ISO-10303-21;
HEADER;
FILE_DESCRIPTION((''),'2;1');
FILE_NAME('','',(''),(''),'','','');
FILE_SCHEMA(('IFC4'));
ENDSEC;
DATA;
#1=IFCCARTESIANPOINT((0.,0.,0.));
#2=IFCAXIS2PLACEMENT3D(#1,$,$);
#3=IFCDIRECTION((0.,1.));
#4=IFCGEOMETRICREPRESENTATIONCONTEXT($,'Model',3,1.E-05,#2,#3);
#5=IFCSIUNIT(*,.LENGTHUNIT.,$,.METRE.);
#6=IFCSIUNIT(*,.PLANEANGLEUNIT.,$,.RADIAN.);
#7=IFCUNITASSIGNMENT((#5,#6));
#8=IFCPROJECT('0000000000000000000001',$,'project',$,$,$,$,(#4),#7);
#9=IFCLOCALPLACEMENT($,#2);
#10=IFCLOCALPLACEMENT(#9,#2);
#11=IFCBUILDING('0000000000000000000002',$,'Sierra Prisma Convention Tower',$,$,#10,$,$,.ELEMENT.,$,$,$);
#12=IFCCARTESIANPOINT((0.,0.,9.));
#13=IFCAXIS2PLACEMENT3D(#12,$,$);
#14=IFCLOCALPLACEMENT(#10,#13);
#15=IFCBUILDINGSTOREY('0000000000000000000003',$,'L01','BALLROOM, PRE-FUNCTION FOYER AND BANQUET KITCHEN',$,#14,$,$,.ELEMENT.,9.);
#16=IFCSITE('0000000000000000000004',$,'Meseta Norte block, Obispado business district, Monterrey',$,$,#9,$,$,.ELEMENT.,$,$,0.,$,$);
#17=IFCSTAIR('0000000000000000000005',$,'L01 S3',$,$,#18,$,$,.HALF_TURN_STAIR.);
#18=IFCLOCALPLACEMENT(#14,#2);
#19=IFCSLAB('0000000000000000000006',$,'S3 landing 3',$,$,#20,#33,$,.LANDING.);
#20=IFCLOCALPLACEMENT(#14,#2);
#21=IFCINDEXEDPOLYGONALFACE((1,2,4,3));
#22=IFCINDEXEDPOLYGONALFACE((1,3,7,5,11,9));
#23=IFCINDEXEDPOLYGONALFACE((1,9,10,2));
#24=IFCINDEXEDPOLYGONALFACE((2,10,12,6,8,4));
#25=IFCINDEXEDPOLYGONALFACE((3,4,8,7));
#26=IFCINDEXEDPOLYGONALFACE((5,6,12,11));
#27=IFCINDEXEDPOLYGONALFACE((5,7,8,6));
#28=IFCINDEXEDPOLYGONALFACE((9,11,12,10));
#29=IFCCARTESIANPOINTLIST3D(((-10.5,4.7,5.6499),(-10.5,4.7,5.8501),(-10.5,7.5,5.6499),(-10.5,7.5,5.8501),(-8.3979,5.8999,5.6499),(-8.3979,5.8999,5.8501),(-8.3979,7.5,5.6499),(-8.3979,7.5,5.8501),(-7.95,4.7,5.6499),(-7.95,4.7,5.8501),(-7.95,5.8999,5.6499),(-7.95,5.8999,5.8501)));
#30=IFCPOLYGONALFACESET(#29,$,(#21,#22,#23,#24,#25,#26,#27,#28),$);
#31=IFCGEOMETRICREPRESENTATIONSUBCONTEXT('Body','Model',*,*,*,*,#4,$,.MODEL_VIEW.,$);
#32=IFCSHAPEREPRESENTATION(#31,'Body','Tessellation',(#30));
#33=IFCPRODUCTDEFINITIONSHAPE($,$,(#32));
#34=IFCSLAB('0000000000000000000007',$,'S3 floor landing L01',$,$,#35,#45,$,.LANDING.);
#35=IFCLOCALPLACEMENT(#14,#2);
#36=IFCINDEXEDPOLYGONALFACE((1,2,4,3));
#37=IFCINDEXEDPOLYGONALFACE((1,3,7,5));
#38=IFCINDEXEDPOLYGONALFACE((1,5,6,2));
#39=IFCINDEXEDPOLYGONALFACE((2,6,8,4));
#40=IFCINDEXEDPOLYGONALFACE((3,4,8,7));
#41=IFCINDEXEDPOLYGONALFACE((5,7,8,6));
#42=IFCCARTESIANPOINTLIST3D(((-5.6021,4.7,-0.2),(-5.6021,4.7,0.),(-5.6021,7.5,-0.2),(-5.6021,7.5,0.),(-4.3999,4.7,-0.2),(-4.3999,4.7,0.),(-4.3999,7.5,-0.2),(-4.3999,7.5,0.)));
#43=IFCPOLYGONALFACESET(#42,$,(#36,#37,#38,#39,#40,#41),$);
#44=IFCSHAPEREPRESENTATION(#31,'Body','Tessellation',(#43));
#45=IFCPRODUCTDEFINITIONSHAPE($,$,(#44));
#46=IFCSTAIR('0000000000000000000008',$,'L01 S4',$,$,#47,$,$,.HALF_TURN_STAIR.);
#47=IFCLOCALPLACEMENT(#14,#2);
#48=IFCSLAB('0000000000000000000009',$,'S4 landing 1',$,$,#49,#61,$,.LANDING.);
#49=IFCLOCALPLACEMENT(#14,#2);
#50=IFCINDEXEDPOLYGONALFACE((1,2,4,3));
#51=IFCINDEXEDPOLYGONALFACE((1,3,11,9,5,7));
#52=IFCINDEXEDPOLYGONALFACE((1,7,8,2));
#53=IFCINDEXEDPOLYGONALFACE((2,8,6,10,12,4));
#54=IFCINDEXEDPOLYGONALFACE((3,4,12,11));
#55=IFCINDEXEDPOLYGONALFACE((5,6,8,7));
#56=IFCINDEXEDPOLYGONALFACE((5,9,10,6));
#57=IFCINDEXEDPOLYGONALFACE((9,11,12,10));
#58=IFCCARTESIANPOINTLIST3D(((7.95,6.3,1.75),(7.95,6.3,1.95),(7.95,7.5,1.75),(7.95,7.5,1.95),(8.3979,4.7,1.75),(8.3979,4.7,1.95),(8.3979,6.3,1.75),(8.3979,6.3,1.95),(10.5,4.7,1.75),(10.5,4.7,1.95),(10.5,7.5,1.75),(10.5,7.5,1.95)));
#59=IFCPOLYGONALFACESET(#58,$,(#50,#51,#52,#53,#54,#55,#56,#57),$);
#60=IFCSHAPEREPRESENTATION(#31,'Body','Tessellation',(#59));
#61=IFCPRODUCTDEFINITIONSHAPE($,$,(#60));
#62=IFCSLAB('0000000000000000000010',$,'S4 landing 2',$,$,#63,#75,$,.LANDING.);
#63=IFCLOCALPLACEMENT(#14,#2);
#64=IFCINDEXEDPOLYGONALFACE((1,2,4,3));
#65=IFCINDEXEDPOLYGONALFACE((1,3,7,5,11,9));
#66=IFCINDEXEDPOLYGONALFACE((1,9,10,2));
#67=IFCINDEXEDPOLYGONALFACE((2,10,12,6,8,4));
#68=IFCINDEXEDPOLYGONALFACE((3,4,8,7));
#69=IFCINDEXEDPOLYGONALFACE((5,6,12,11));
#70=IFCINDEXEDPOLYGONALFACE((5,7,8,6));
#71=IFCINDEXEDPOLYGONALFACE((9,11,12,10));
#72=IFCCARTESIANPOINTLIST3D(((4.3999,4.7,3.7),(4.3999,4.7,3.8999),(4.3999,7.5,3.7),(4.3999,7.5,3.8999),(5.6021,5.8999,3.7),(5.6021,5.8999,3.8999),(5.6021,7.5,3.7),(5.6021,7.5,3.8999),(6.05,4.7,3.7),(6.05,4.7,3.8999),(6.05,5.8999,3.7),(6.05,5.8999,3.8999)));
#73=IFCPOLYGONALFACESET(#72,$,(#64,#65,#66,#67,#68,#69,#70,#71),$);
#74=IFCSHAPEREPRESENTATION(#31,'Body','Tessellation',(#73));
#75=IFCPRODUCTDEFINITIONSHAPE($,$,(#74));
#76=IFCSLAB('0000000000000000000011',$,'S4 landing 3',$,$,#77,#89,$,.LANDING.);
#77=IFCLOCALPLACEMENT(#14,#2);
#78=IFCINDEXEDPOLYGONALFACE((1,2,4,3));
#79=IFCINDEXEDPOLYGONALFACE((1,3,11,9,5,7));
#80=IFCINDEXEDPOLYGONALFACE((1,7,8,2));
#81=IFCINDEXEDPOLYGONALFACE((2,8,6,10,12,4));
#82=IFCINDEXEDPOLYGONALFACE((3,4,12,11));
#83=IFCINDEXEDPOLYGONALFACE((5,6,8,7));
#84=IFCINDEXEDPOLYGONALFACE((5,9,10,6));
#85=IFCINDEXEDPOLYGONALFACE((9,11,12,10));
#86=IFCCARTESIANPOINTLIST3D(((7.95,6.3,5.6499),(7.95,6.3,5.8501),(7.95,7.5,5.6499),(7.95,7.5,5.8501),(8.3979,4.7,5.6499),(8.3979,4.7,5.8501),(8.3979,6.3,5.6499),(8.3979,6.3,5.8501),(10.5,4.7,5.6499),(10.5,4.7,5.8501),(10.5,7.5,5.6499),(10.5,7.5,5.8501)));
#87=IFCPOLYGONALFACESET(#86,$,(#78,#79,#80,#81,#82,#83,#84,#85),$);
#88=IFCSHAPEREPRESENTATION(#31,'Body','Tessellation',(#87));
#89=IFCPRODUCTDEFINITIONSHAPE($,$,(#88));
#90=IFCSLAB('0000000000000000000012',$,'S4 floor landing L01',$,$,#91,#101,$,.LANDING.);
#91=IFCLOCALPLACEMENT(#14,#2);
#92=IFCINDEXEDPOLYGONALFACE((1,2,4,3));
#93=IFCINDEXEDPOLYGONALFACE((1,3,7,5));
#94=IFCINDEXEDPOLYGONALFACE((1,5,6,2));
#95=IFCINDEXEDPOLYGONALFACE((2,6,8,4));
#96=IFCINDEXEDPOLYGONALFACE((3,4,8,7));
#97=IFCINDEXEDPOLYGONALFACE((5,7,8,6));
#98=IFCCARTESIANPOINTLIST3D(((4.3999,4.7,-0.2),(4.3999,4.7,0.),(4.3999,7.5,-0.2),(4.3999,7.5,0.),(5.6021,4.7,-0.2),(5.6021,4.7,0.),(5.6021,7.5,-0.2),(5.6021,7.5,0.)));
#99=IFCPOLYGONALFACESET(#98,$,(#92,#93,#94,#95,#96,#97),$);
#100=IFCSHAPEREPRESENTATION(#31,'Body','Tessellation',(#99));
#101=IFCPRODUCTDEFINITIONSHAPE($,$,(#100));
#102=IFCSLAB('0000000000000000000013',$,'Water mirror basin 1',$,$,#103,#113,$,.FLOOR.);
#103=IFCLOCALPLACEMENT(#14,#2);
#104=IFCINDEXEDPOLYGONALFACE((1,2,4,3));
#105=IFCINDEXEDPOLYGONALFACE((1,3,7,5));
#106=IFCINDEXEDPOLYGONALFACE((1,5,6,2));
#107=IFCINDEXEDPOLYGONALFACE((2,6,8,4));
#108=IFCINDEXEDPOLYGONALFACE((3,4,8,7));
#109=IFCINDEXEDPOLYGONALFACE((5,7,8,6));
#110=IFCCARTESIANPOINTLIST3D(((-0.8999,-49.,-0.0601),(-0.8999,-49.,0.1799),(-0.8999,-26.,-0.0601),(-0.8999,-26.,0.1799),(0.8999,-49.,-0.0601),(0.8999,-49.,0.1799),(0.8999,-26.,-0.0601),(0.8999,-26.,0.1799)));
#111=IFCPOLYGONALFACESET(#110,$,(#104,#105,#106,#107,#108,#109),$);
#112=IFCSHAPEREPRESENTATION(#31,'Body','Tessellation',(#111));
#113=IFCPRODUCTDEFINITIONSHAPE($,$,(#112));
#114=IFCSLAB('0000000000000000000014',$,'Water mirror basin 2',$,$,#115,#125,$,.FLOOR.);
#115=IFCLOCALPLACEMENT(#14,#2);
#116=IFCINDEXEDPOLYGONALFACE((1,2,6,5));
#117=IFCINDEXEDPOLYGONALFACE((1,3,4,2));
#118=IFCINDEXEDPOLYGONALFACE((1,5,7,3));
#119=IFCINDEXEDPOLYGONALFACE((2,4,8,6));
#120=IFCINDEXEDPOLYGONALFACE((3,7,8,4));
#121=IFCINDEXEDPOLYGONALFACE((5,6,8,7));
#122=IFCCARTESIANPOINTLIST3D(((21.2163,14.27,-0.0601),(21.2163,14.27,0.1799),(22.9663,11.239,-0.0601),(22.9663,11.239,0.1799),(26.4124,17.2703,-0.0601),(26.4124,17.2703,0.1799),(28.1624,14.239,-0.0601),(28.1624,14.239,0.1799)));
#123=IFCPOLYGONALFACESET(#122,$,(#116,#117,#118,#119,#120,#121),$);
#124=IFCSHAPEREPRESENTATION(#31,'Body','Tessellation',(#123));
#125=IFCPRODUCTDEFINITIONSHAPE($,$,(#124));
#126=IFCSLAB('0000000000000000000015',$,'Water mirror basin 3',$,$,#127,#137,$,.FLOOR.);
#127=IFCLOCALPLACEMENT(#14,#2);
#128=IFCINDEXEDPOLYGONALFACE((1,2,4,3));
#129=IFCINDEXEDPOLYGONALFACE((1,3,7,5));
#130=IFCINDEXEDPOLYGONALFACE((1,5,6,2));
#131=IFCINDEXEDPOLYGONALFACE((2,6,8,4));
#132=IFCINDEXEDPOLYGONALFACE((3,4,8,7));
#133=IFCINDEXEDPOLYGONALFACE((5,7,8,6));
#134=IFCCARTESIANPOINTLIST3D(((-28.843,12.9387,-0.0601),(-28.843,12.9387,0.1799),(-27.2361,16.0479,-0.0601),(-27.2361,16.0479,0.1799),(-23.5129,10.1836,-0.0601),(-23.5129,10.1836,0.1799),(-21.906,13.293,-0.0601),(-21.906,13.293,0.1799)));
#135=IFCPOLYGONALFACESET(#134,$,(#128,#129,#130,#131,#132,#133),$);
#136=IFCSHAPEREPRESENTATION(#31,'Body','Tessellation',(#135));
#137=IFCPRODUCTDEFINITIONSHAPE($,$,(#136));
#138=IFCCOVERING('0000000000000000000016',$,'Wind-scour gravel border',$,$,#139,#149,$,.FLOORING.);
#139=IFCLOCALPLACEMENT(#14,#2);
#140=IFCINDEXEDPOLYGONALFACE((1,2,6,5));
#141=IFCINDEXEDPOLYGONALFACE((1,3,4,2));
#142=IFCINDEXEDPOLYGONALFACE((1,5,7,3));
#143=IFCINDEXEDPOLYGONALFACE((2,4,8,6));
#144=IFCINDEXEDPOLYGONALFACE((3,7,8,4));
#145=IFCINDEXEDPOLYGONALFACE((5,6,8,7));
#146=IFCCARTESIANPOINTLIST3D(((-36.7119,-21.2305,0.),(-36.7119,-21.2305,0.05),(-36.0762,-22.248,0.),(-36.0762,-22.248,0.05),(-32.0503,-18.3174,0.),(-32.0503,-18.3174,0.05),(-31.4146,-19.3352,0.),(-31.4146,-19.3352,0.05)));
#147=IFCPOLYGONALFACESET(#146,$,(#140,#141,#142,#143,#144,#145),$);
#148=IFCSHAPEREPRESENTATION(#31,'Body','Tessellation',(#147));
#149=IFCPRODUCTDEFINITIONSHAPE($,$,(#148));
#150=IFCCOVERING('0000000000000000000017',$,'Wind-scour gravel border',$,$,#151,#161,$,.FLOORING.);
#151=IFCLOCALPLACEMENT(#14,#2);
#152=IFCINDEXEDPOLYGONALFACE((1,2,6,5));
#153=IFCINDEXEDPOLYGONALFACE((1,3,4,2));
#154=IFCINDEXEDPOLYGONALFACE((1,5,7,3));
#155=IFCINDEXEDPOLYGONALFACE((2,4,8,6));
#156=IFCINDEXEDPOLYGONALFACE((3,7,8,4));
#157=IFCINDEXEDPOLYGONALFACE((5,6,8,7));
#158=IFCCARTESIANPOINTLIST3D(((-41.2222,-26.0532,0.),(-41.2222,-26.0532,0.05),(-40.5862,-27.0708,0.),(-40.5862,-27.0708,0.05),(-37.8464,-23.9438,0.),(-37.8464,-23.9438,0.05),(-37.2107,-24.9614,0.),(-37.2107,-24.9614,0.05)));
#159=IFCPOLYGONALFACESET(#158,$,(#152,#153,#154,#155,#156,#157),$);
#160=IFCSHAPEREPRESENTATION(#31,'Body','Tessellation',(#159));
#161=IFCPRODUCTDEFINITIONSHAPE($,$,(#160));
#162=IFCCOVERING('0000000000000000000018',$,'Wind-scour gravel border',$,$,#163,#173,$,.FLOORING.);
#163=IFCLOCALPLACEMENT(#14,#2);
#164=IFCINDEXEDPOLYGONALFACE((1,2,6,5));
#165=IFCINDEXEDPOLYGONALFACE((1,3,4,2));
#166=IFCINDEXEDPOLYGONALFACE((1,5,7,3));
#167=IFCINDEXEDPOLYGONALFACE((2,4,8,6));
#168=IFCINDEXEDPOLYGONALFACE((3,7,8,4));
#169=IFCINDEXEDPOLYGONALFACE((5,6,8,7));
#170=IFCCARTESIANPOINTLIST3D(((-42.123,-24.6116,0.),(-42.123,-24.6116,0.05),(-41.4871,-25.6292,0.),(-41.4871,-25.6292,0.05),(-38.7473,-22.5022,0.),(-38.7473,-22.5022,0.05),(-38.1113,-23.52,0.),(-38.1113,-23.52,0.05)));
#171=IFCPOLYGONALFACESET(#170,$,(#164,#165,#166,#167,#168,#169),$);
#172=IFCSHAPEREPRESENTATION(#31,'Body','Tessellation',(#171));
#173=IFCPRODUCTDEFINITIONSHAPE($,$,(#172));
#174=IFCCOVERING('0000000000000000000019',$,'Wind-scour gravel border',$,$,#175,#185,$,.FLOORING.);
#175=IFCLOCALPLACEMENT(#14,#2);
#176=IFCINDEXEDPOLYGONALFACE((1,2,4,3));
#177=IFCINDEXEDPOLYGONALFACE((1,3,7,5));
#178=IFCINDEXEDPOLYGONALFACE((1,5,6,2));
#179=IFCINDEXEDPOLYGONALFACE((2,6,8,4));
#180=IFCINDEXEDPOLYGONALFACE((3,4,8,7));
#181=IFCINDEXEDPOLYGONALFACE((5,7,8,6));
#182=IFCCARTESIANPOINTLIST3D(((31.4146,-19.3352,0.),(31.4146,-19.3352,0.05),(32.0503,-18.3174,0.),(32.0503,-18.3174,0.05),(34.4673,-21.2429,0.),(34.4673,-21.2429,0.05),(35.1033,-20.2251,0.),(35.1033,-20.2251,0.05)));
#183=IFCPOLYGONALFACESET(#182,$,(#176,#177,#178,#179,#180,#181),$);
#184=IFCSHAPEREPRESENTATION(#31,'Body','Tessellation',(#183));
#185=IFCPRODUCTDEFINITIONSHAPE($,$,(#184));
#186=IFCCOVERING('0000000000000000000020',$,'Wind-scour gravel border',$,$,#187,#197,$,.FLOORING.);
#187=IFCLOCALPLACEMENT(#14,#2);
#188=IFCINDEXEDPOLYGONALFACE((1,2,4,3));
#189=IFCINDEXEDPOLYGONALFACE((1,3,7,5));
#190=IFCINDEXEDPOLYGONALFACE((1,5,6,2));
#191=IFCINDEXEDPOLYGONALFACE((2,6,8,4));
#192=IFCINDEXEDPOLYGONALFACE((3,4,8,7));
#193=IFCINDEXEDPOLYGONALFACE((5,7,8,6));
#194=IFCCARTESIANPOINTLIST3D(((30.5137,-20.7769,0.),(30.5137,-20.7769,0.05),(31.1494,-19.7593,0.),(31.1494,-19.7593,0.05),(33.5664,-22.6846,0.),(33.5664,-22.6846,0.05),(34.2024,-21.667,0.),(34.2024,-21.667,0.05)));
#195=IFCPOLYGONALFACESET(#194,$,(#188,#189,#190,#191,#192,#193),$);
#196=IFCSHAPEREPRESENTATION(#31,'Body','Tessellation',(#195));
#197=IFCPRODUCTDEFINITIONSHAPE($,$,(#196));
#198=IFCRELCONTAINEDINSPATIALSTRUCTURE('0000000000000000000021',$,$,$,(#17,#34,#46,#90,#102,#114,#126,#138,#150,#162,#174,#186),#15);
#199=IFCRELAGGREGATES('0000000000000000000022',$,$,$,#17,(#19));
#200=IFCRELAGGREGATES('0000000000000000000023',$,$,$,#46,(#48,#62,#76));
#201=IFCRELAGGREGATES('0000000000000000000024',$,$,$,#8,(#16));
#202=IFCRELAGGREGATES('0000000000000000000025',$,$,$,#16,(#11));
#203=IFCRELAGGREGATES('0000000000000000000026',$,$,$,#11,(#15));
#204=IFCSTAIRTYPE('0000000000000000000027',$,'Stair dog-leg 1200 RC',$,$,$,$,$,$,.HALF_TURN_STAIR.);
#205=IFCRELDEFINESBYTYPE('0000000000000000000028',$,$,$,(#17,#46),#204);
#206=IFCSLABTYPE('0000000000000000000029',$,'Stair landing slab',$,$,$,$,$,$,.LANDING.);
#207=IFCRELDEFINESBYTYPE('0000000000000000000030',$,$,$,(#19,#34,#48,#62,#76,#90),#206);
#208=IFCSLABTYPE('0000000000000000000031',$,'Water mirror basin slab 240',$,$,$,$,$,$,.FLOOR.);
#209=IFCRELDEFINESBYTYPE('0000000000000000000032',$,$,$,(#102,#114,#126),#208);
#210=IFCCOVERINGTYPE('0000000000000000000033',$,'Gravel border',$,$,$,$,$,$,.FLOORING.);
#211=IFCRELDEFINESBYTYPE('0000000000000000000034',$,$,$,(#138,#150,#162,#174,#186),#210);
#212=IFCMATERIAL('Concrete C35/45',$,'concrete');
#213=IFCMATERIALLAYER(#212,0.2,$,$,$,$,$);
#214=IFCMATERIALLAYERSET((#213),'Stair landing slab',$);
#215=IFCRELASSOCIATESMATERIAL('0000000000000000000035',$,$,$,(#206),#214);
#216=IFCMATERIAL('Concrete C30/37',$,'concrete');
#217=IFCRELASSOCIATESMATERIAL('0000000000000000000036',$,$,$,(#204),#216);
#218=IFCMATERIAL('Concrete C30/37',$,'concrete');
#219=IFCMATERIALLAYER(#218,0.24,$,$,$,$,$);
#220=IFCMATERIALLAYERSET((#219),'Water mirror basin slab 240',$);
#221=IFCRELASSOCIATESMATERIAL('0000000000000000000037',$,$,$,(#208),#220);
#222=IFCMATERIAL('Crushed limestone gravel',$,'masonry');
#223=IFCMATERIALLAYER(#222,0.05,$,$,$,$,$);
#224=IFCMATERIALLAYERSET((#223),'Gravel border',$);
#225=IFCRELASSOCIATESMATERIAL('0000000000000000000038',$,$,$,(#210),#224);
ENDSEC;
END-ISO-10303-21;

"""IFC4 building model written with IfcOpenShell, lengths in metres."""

from ifc_helpers import new_model, si_unit, direction, frame, origin, place, context, subcontext, project, spatial, polyline, outline, extrude, material, layer, layer_set, type_object, element, aggregate, save


model = new_model("IFC4")

# Units and contexts
model_context = context("Model", 3, precision=1e-05, world=origin(), true_north=direction((0.0, 1.0)))
body_context = subcontext(model_context, "Body", "Model", "MODEL_VIEW")
ifc_project = project(units=[si_unit("LENGTHUNIT", "METRE"), si_unit("PLANEANGLEUNIT", "RADIAN")], contexts=[model_context])

# Site, building, storey
site_placement = place(None, origin())
site = spatial("IfcSite", under=ifc_project, at=site_placement, Name="Meseta Norte block, Obispado business district, Monterrey", CompositionType="ELEMENT", RefElevation=0.0)
building_placement = place(site_placement, origin())
building = spatial("IfcBuilding", under=site, at=building_placement, Name="Sierra Prisma Convention Tower", CompositionType="ELEMENT")
storey_placement = place(building_placement, frame((0.0, 0.0, 9.0)))
storey = spatial("IfcBuildingStorey", under=building, at=storey_placement, Name="L01", Description="BALLROOM, PRE-FUNCTION FOYER AND BANQUET KITCHEN", CompositionType="ELEMENT", Elevation=9.0)

# Shared definitions
ifc_material_1 = material(Name="Concrete C35/45", Category="concrete")
ifc_layer_1 = layer(ifc_material_1, 0.2)
ifc_layer_set_1 = layer_set([ifc_layer_1], Name="Stair landing slab")
slab_type_1 = type_object("IfcSlabType", Name="Stair landing slab", PredefinedType="LANDING", material=ifc_layer_set_1)

# Shared definitions
ifc_material_2 = material(Name="Concrete C30/37", Category="concrete")
stair_type = type_object("IfcStairType", Name="Stair dog-leg 1200 RC", PredefinedType="HALF_TURN_STAIR", material=ifc_material_2)

# Stair, slab
stair_1_placement = place(storey_placement, origin())
stair_1 = element("IfcStair", 1, at=stair_1_placement, inside=storey, type_object=stair_type, Name="L01 S3", PredefinedType="HALF_TURN_STAIR")
slab_1_placement = place(storey_placement, frame((0.0, 0.0, 5.6499)))
slab_1 = element("IfcSlab", 2, at=slab_1_placement, type_object=slab_type_1, Name="S3 landing 3", PredefinedType="LANDING", context=body_context, shape_type="SweptSolid", body=[
    extrude(outline(polyline([(-7.95, 5.8999), (-7.95, 4.7), (-10.5, 4.7), (-10.5, 7.5), (-8.3979, 7.5), (-8.3979, 5.8999), (-7.95, 5.8999)])), origin(), (0.0, 0.0, 1.0), 0.2002),
])
aggregate(stair_1, [slab_1])

# Slab
slab_2_placement = place(storey_placement, frame((0.0, 0.0, -0.2)))
element("IfcSlab", 3, at=slab_2_placement, inside=storey, type_object=slab_type_1, Name="S3 floor landing L01", PredefinedType="LANDING", context=body_context, shape_type="SweptSolid", body=[
    extrude(outline(polyline([(-4.3999, 7.5), (-5.6021, 7.5), (-5.6021, 4.7), (-4.3999, 4.7), (-4.3999, 7.5)])), origin(), (0.0, 0.0, 1.0), 0.2),
])

# Stair, slabs
stair_2_placement = place(storey_placement, origin())
stair_2 = element("IfcStair", 4, at=stair_2_placement, inside=storey, type_object=stair_type, Name="L01 S4", PredefinedType="HALF_TURN_STAIR")
slab_3_placement = place(storey_placement, frame((0.0, 0.0, 1.75)))
slab_3 = element("IfcSlab", 5, at=slab_3_placement, type_object=slab_type_1, Name="S4 landing 1", PredefinedType="LANDING", context=body_context, shape_type="SweptSolid", body=[
    extrude(outline(polyline([(10.5, 7.5), (10.5, 4.7), (8.3979, 4.7), (8.3979, 6.3), (7.95, 6.3), (7.95, 7.5), (10.5, 7.5)])), origin(), (0.0, 0.0, 1.0), 0.2),
])
slab_4_placement = place(storey_placement, frame((0.0, 0.0, 3.7)))
slab_4 = element("IfcSlab", 6, at=slab_4_placement, type_object=slab_type_1, Name="S4 landing 2", PredefinedType="LANDING", context=body_context, shape_type="SweptSolid", body=[
    extrude(outline(polyline([(4.3999, 4.7), (4.3999, 7.5), (5.6021, 7.5), (5.6021, 5.8999), (6.05, 5.8999), (6.05, 4.7), (4.3999, 4.7)])), origin(), (0.0, 0.0, 1.0), 0.2),
])
slab_5_placement = place(storey_placement, frame((0.0, 0.0, 5.6499)))
slab_5 = element("IfcSlab", 7, at=slab_5_placement, type_object=slab_type_1, Name="S4 landing 3", PredefinedType="LANDING", context=body_context, shape_type="SweptSolid", body=[
    extrude(outline(polyline([(10.5, 7.5), (10.5, 4.7), (8.3979, 4.7), (8.3979, 6.3), (7.95, 6.3), (7.95, 7.5), (10.5, 7.5)])), origin(), (0.0, 0.0, 1.0), 0.2002),
])
aggregate(stair_2, [slab_3, slab_4, slab_5])

# Slabs
slab_6_placement = place(storey_placement, frame((0.0, 0.0, -0.2)))
element("IfcSlab", 8, at=slab_6_placement, inside=storey, type_object=slab_type_1, Name="S4 floor landing L01", PredefinedType="LANDING", context=body_context, shape_type="SweptSolid", body=[
    extrude(outline(polyline([(4.3999, 4.7), (5.6021, 4.7), (5.6021, 7.5), (4.3999, 7.5), (4.3999, 4.7)])), origin(), (0.0, 0.0, 1.0), 0.2),
])
ifc_material_3 = material(Name="Concrete C30/37", Category="concrete")
ifc_layer_2 = layer(ifc_material_3, 0.24)
ifc_layer_set_2 = layer_set([ifc_layer_2], Name="Water mirror basin slab 240")
slab_type_2 = type_object("IfcSlabType", Name="Water mirror basin slab 240", PredefinedType="FLOOR", material=ifc_layer_set_2)
slab_7_placement = place(storey_placement, frame((0.0, 0.0, -0.0601)))
element("IfcSlab", 9, at=slab_7_placement, inside=storey, type_object=slab_type_2, Name="Water mirror basin 1", PredefinedType="FLOOR", context=body_context, shape_type="SweptSolid", body=[
    extrude(outline(polyline([(0.8999, -49.0), (0.8999, -26.0), (-0.8999, -26.0), (-0.8999, -49.0), (0.8999, -49.0)])), origin(), (0.0, 0.0, 1.0), 0.24),
])
slab_8_placement = place(storey_placement, frame((0.0, 0.0, -0.0601)))
element("IfcSlab", 10, at=slab_8_placement, inside=storey, type_object=slab_type_2, Name="Water mirror basin 2", PredefinedType="FLOOR", context=body_context, shape_type="SweptSolid", body=[
    extrude(outline(polyline([(28.1624, 14.239), (26.4124, 17.2703), (21.2163, 14.27), (22.9663, 11.239), (28.1624, 14.239)])), origin(), (0.0, 0.0, 1.0), 0.24),
])
slab_9_placement = place(storey_placement, frame((0.0, 0.0, -0.0601)))
element("IfcSlab", 11, at=slab_9_placement, inside=storey, type_object=slab_type_2, Name="Water mirror basin 3", PredefinedType="FLOOR", context=body_context, shape_type="SweptSolid", body=[
    extrude(outline(polyline([(-27.2361, 16.0479), (-28.843, 12.9387), (-23.5129, 10.1836), (-21.906, 13.293), (-27.2361, 16.0479)])), origin(), (0.0, 0.0, 1.0), 0.24),
])

# Coverings
ifc_material_4 = material(Name="Crushed limestone gravel", Category="masonry")
ifc_layer_3 = layer(ifc_material_4, 0.05)
ifc_layer_set_3 = layer_set([ifc_layer_3], Name="Gravel border")
covering_type = type_object("IfcCoveringType", Name="Gravel border", PredefinedType="FLOORING", material=ifc_layer_set_3)
covering_1_placement = place(storey_placement, origin())
element("IfcCovering", 12, at=covering_1_placement, inside=storey, type_object=covering_type, Name="Wind-scour gravel border", PredefinedType="FLOORING", context=body_context, shape_type="SweptSolid", body=[
    extrude(outline(polyline([(-31.4146, -19.3352), (-36.0762, -22.248), (-36.7119, -21.2305), (-32.0503, -18.3174), (-31.4146, -19.3352)])), origin(), (0.0, 0.0, 1.0), 0.05),
])
covering_2_placement = place(storey_placement, origin())
element("IfcCovering", 13, at=covering_2_placement, inside=storey, type_object=covering_type, Name="Wind-scour gravel border", PredefinedType="FLOORING", context=body_context, shape_type="SweptSolid", body=[
    extrude(outline(polyline([(-37.8464, -23.9438), (-41.2222, -26.0532), (-40.5862, -27.0708), (-37.2107, -24.9614), (-37.8464, -23.9438)])), origin(), (0.0, 0.0, 1.0), 0.05),
])
covering_3_placement = place(storey_placement, origin())
element("IfcCovering", 14, at=covering_3_placement, inside=storey, type_object=covering_type, Name="Wind-scour gravel border", PredefinedType="FLOORING", context=body_context, shape_type="SweptSolid", body=[
    extrude(outline(polyline([(-38.1113, -23.52), (-41.4871, -25.6292), (-42.123, -24.6116), (-38.7473, -22.5022), (-38.1113, -23.52)])), origin(), (0.0, 0.0, 1.0), 0.05),
])
covering_4_placement = place(storey_placement, origin())
element("IfcCovering", 15, at=covering_4_placement, inside=storey, type_object=covering_type, Name="Wind-scour gravel border", PredefinedType="FLOORING", context=body_context, shape_type="SweptSolid", body=[
    extrude(outline(polyline([(31.4146, -19.3352), (34.4673, -21.2429), (35.1033, -20.2251), (32.0503, -18.3174), (31.4146, -19.3352)])), origin(), (0.0, 0.0, 1.0), 0.05),
])
covering_5_placement = place(storey_placement, origin())
element("IfcCovering", 16, at=covering_5_placement, inside=storey, type_object=covering_type, Name="Wind-scour gravel border", PredefinedType="FLOORING", context=body_context, shape_type="SweptSolid", body=[
    extrude(outline(polyline([(31.1494, -19.7593), (34.2024, -21.667), (33.5664, -22.6846), (30.5137, -20.7769), (31.1494, -19.7593)])), origin(), (0.0, 0.0, 1.0), 0.05),
])

save(model, "model.ifc")
